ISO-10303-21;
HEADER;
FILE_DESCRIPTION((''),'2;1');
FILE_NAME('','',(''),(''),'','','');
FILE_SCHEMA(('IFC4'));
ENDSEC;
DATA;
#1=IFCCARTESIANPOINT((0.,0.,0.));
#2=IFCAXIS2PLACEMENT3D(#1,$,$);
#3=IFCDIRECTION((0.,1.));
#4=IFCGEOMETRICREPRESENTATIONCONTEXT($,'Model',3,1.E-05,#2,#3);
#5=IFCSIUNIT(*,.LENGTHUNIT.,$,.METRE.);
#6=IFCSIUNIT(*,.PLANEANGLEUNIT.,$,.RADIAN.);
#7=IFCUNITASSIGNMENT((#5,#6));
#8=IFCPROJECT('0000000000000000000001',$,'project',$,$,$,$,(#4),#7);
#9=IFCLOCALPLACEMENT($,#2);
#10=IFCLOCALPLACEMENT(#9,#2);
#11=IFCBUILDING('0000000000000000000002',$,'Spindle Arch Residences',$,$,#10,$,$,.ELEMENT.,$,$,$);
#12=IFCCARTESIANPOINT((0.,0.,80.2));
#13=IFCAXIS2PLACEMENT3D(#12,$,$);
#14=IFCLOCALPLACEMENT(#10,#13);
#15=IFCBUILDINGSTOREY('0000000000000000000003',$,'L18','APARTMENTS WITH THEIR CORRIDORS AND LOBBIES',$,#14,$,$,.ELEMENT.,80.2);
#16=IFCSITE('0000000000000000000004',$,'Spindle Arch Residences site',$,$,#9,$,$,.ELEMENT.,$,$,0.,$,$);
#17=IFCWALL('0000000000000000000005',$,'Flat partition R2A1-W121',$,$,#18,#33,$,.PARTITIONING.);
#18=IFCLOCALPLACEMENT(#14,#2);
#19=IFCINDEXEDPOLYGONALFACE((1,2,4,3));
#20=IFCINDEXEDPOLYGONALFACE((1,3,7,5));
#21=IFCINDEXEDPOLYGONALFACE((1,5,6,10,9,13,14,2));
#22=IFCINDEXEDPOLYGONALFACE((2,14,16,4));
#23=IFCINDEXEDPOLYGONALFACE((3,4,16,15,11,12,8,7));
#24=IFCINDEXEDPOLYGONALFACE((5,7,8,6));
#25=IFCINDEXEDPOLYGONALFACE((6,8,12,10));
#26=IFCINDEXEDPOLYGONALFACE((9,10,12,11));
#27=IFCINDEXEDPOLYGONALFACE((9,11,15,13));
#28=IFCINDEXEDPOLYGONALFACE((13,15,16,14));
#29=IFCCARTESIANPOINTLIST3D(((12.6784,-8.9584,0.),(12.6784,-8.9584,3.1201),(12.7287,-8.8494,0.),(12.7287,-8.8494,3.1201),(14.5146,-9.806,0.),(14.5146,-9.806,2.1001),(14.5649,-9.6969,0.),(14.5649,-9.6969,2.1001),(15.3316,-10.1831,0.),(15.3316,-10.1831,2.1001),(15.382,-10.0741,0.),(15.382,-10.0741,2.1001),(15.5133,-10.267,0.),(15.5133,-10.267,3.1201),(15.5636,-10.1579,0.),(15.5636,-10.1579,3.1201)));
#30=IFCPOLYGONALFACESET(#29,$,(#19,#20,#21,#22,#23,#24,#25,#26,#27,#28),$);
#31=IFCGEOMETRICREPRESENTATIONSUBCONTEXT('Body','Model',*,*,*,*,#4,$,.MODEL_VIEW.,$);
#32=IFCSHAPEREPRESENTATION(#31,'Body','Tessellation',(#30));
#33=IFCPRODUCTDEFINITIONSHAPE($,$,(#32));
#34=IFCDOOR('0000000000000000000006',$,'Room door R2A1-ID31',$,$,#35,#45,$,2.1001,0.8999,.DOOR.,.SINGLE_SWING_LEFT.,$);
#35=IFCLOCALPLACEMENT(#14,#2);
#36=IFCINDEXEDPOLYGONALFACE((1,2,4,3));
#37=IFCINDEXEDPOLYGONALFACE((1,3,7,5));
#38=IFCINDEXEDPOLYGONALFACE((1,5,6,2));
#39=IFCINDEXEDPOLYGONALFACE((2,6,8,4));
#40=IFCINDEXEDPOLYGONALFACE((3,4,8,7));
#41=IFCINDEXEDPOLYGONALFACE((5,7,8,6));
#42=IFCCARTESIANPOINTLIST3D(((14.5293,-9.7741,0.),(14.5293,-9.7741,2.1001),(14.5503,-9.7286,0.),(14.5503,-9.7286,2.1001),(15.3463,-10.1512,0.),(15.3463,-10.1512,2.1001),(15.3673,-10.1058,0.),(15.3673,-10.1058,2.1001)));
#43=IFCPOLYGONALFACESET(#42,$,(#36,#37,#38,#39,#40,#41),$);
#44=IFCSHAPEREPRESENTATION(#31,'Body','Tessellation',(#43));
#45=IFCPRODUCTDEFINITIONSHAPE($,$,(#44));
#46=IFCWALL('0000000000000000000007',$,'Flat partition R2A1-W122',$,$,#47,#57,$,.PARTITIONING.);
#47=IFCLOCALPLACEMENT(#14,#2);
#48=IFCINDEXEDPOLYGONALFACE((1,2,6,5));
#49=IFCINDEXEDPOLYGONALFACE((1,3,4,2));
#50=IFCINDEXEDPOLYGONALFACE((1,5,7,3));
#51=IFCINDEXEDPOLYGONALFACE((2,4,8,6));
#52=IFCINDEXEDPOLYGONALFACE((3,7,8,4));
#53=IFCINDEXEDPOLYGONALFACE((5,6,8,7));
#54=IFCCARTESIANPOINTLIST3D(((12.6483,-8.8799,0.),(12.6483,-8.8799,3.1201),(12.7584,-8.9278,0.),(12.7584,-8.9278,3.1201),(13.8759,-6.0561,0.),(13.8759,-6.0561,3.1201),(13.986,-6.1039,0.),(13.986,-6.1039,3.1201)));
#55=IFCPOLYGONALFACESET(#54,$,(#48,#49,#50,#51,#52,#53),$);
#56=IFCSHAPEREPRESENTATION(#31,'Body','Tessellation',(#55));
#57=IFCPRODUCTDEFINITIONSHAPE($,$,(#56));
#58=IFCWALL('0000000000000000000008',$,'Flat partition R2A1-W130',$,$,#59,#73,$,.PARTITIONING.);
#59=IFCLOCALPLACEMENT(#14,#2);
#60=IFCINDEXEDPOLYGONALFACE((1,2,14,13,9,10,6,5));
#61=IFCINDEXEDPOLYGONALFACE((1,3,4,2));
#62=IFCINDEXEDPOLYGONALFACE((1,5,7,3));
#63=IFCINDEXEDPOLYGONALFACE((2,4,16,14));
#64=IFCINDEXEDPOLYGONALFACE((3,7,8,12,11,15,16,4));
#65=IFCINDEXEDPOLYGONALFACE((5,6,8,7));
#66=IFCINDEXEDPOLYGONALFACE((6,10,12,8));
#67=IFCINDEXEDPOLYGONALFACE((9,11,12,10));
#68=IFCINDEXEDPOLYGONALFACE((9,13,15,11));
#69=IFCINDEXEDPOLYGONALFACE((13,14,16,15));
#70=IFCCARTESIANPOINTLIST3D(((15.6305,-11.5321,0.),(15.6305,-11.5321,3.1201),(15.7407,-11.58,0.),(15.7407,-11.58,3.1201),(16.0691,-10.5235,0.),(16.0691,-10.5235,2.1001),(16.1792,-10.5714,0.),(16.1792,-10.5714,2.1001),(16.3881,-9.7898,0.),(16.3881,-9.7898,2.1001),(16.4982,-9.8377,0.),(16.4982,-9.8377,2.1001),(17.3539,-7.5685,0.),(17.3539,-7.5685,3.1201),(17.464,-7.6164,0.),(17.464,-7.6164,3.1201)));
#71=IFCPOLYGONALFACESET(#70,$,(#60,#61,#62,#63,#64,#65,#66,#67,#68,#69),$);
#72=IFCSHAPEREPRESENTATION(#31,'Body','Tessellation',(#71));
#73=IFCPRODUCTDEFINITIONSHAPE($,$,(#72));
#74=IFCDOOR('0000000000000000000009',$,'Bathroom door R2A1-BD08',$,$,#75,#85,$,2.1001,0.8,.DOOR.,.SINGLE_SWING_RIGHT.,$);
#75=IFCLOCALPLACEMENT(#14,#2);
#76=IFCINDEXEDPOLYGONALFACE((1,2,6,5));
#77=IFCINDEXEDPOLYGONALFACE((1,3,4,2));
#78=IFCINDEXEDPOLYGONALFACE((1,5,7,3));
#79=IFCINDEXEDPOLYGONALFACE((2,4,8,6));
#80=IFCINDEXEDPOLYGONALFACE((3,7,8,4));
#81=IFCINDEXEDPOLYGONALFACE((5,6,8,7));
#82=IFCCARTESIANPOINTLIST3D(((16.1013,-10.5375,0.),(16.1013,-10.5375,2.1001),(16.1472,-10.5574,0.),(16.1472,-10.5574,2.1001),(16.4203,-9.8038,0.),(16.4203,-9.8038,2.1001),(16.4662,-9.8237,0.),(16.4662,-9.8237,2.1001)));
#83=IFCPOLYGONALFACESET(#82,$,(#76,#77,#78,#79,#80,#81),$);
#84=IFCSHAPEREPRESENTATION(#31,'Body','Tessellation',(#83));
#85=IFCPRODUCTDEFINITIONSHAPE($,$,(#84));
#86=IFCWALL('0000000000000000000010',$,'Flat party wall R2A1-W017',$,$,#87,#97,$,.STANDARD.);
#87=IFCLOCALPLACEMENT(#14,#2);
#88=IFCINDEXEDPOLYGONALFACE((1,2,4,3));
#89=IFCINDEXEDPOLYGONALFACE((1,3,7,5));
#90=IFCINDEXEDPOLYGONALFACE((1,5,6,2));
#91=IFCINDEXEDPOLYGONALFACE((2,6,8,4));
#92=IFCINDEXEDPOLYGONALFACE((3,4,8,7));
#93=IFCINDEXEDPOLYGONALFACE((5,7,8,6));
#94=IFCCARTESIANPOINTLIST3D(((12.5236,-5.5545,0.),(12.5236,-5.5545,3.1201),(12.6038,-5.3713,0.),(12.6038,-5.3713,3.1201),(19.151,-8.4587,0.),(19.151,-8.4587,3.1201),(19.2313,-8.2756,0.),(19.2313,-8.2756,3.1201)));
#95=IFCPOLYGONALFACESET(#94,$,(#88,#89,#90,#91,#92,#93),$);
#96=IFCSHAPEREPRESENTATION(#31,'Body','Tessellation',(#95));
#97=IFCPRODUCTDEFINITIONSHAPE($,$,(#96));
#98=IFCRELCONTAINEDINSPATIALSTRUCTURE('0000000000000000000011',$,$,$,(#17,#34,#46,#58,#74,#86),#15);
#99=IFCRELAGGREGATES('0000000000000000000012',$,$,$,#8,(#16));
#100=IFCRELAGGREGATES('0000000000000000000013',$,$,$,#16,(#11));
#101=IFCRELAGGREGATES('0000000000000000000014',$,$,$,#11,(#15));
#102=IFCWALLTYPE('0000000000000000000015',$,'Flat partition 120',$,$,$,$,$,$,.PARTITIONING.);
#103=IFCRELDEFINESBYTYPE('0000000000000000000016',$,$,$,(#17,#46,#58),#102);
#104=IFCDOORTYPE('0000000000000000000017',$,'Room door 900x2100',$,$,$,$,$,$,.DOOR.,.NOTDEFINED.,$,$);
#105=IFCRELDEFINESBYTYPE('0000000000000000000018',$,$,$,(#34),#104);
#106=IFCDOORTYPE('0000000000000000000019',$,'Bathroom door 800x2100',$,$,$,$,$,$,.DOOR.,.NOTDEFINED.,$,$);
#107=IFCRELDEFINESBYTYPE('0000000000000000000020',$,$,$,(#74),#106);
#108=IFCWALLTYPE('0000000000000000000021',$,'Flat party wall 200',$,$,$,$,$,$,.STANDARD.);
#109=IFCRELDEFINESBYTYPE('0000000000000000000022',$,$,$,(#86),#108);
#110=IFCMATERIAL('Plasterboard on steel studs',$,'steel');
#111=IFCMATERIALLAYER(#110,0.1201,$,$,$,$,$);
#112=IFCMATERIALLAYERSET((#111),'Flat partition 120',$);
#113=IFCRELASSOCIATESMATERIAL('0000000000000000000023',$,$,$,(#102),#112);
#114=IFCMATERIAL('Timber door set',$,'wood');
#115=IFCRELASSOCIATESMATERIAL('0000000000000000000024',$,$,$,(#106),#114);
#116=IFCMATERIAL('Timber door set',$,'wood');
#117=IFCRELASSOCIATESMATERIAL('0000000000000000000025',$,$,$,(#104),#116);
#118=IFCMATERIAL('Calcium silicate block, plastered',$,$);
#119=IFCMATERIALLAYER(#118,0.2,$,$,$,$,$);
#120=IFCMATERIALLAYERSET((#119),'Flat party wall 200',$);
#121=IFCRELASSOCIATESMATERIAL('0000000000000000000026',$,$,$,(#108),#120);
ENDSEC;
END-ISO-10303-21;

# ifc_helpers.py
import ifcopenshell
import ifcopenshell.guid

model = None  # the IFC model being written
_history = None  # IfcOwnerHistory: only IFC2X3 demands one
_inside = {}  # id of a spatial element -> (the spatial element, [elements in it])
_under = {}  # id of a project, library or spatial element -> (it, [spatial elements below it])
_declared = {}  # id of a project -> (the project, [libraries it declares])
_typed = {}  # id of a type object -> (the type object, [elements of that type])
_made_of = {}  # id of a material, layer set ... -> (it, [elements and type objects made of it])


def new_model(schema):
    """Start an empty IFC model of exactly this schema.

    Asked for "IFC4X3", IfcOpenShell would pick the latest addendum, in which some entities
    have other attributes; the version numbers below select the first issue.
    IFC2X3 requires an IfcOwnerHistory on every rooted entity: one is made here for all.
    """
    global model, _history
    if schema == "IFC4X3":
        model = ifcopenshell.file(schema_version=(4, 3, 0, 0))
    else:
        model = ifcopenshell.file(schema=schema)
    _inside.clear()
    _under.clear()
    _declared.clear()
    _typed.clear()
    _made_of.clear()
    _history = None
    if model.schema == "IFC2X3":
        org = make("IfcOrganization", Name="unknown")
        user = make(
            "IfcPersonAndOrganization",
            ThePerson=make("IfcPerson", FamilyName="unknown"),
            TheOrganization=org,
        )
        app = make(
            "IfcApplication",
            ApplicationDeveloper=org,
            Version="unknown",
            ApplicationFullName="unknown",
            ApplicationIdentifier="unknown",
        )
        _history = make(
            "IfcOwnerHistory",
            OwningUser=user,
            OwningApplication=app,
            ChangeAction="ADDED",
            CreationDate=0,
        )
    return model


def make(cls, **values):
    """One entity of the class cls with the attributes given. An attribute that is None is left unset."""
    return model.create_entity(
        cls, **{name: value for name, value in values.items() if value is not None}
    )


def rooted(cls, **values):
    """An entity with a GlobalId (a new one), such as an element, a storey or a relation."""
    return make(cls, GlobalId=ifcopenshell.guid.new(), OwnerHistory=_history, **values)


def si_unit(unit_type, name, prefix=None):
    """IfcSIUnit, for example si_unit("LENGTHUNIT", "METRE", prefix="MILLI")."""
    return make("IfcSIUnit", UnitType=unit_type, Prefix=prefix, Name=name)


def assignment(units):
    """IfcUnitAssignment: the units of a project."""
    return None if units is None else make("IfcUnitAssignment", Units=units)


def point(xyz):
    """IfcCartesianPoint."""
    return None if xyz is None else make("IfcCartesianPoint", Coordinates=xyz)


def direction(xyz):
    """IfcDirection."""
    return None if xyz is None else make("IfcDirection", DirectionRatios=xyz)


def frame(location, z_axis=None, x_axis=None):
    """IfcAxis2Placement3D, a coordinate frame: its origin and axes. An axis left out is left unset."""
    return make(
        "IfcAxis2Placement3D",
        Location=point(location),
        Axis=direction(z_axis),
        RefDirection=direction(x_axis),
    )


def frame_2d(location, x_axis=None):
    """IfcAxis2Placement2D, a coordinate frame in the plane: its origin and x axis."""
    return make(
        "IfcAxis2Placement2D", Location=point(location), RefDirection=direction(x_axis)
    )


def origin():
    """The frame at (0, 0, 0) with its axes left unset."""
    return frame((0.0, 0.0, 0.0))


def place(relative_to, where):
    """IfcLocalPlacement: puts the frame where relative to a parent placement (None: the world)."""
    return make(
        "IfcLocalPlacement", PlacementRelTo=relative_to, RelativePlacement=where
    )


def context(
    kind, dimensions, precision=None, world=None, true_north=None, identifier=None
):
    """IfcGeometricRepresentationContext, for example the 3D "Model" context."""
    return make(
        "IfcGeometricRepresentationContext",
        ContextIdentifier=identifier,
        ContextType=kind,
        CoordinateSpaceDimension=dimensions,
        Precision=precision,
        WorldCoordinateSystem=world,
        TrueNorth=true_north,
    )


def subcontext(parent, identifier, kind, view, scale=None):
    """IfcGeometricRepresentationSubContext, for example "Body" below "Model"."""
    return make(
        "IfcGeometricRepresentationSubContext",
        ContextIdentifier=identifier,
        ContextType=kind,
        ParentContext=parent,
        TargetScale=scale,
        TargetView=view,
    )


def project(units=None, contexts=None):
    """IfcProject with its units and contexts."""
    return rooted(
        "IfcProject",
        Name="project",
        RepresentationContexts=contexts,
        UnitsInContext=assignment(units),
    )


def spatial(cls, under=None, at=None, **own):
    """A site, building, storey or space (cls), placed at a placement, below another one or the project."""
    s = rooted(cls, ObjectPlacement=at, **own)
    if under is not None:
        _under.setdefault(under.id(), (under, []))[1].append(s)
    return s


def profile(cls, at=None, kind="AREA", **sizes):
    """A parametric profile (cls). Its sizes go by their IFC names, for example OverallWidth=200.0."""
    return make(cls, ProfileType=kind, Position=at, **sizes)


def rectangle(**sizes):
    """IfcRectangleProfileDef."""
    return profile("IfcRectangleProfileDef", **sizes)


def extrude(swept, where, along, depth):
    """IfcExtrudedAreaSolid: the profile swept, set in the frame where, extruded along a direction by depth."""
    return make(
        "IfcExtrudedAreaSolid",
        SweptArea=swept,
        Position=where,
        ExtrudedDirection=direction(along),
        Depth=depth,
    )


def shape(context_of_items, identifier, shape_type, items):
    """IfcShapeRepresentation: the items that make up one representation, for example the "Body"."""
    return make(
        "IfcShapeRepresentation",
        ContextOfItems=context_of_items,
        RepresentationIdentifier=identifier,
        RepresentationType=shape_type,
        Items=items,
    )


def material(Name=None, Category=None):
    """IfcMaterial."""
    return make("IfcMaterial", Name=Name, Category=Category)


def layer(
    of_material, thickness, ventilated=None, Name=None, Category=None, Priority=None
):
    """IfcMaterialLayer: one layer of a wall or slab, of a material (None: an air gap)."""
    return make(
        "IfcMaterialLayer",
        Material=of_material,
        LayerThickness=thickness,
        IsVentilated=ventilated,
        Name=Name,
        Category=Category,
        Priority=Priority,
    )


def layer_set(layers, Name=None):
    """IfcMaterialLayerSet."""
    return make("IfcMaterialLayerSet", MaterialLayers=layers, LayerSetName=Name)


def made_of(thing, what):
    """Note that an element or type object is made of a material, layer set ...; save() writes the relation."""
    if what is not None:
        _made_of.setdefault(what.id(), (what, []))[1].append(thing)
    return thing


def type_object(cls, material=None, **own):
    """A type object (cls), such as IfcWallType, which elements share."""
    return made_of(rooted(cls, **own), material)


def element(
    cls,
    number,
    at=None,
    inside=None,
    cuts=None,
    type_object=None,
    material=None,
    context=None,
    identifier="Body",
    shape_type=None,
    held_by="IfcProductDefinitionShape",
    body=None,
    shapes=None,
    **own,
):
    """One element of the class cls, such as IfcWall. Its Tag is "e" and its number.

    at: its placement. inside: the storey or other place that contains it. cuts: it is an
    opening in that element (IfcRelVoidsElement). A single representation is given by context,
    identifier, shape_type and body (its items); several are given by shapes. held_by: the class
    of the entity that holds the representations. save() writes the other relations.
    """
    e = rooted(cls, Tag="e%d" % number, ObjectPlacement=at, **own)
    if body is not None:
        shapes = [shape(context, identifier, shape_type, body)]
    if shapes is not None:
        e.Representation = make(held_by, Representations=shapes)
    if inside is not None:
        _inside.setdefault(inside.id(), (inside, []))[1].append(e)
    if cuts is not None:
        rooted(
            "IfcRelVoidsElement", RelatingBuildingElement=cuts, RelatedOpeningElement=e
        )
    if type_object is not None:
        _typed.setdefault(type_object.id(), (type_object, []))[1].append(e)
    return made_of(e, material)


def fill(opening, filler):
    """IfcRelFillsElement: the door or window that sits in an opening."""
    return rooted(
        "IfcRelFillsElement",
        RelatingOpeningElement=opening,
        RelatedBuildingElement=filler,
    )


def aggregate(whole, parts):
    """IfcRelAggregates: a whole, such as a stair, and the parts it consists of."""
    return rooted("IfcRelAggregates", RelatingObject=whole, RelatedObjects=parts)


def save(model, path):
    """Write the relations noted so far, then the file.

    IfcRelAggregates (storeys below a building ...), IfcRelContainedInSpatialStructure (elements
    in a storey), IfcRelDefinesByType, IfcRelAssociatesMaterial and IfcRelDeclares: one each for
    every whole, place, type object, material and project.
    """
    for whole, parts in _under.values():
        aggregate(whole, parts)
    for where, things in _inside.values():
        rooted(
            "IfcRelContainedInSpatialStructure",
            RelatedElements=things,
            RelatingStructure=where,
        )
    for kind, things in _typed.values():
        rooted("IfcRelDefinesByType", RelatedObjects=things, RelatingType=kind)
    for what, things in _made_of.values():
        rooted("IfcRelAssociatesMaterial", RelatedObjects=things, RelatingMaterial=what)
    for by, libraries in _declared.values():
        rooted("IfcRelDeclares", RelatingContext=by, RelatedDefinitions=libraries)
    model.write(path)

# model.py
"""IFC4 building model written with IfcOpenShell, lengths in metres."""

from ifc_helpers import new_model, si_unit, direction, frame, frame_2d, origin, place, context, subcontext, project, spatial, rectangle, extrude, material, layer, layer_set, type_object, element, fill, save


model = new_model("IFC4")

# Units and contexts
model_context = context("Model", 3, precision=1e-05, world=origin(), true_north=direction((0.0, 1.0)))
body_context = subcontext(model_context, "Body", "Model", "MODEL_VIEW")
ifc_project = project(units=[si_unit("LENGTHUNIT", "METRE"), si_unit("PLANEANGLEUNIT", "RADIAN")], contexts=[model_context])

# Site, building, storey
site_placement = place(None, origin())
site = spatial("IfcSite", under=ifc_project, at=site_placement, Name="Spindle Arch Residences site", CompositionType="ELEMENT", RefElevation=0.0)
building_placement = place(site_placement, origin())
building = spatial("IfcBuilding", under=site, at=building_placement, Name="Spindle Arch Residences", CompositionType="ELEMENT")
storey_placement = place(building_placement, frame((0.0, 0.0, 80.2)))
storey = spatial("IfcBuildingStorey", under=building, at=storey_placement, Name="L18", Description="APARTMENTS WITH THEIR CORRIDORS AND LOBBIES", CompositionType="ELEMENT", Elevation=80.2)

# Shared definitions
ifc_material_1 = material(Name="Plasterboard on steel studs", Category="steel")
ifc_layer_1 = layer(ifc_material_1, 0.1201)
ifc_layer_set_1 = layer_set([ifc_layer_1], Name="Flat partition 120")
wall_type_1 = type_object("IfcWallType", Name="Flat partition 120", PredefinedType="PARTITIONING", material=ifc_layer_set_1)
ifc_material_2 = material(Name="Timber door set", Category="wood")
door_type_1 = type_object("IfcDoorType", Name="Bathroom door 800x2100", OperationType="NOTDEFINED", PredefinedType="DOOR", material=ifc_material_2)

# Wall, opening, door
wall_1_placement = place(storey_placement, frame((15.5383, -10.2124, 0.0), z_axis=(0.0, 0.0, 1.0), x_axis=(-0.907941, 0.419098, 0.0)))
wall_1 = element("IfcWall", 1, at=wall_1_placement, inside=storey, type_object=wall_type_1, Name="Flat partition R2A1-W121", PredefinedType="PARTITIONING", context=body_context, shape_type="SweptSolid", body=[
    extrude(rectangle(XDim=3.1223, YDim=0.1201, at=frame_2d((1.561, 0.0))), origin(), (0.0, 0.0, 1.0), 3.1201),
])
opening_1_placement = place(wall_1_placement, frame((0.2, 0.0, 0.0)))
opening_1 = element("IfcOpeningElement", 2, at=opening_1_placement, cuts=wall_1, PredefinedType="OPENING", context=body_context, shape_type="SweptSolid", body=[
    extrude(rectangle(XDim=0.8999, YDim=2.1001, at=frame_2d((0.45, 1.05))), frame((0.0, 0.0701, 0.0), z_axis=(0.0, -1.0, 0.0), x_axis=(1.0, 0.0, 0.0)), (0.0, 0.0, 1.0), 0.1401),
])
ifc_material_3 = material(Name="Timber door set", Category="wood")
door_type_2 = type_object("IfcDoorType", Name="Room door 900x2100", OperationType="NOTDEFINED", PredefinedType="DOOR", material=ifc_material_3)
door_1_placement = place(opening_1_placement, origin())
door_1 = element("IfcDoor", 3, at=door_1_placement, inside=storey, type_object=door_type_2, Name="Room door R2A1-ID31", OperationType="SINGLE_SWING_LEFT", OverallHeight=2.1001, OverallWidth=0.8999, PredefinedType="DOOR", context=body_context, shape_type="SweptSolid", body=[
    extrude(rectangle(XDim=0.8999, YDim=2.1001, at=frame_2d((0.45, 1.05))), frame((0.0, 0.0249, 0.0), z_axis=(0.0, -1.0, 0.0), x_axis=(1.0, 0.0, 0.0)), (0.0, 0.0, 1.0), 0.05),
])
fill(opening_1, door_1)

# Wall
wall_2_placement = place(storey_placement, frame((12.7034, -8.9038, 0.0), z_axis=(0.0, 0.0, 1.0), x_axis=(0.39868, 0.91709, 0.0)))
element("IfcWall", 4, at=wall_2_placement, inside=storey, type_object=wall_type_1, Name="Flat partition R2A1-W122", PredefinedType="PARTITIONING", context=body_context, shape_type="SweptSolid", body=[
    extrude(rectangle(XDim=3.0791, YDim=0.1201, at=frame_2d((1.5396, 0.0))), origin(), (0.0, 0.0, 1.0), 3.1201),
])

# Wall, opening, door
wall_3_placement = place(storey_placement, frame((15.6855, -11.5562, 0.0), z_axis=(0.0, 0.0, 1.0), x_axis=(0.398741, 0.917064, 0.0)))
wall_3 = element("IfcWall", 5, at=wall_3_placement, inside=storey, type_object=wall_type_1, Name="Flat partition R2A1-W130", PredefinedType="PARTITIONING", context=body_context, shape_type="SweptSolid", body=[
    extrude(rectangle(XDim=4.322, YDim=0.1201, at=frame_2d((2.1611, 0.0))), origin(), (0.0, 0.0, 1.0), 3.1201),
])
opening_2_placement = place(wall_3_placement, frame((1.1001, 0.0, 0.0)))
opening_2 = element("IfcOpeningElement", 6, at=opening_2_placement, cuts=wall_3, PredefinedType="OPENING", context=body_context, shape_type="SweptSolid", body=[
    extrude(rectangle(XDim=0.8, YDim=2.1001, at=frame_2d((0.3999, 1.05))), frame((0.0, 0.0701, 0.0), z_axis=(0.0, -1.0, 0.0), x_axis=(1.0, 0.0, 0.0)), (0.0, 0.0, 1.0), 0.1401),
])
door_2_placement = place(opening_2_placement, origin())
door_2 = element("IfcDoor", 7, at=door_2_placement, inside=storey, type_object=door_type_1, Name="Bathroom door R2A1-BD08", OperationType="SINGLE_SWING_RIGHT", OverallHeight=2.1001, OverallWidth=0.8, PredefinedType="DOOR", context=body_context, shape_type="SweptSolid", body=[
    extrude(rectangle(XDim=0.8, YDim=2.1001, at=frame_2d((0.3999, 1.05))), frame((0.0, 0.0249, 0.0), z_axis=(0.0, -1.0, 0.0), x_axis=(1.0, 0.0, 0.0)), (0.0, 0.0, 1.0), 0.05),
])
fill(opening_2, door_2)

# Wall
ifc_material_4 = material(Name="Calcium silicate block, plastered")
ifc_layer_2 = layer(ifc_material_4, 0.2)
ifc_layer_set_2 = layer_set([ifc_layer_2], Name="Flat party wall 200")
wall_type_2 = type_object("IfcWallType", Name="Flat party wall 200", PredefinedType="STANDARD", material=ifc_layer_set_2)
wall_4_placement = place(storey_placement, frame((12.5637, -5.4629, 0.0), z_axis=(0.0, 0.0, 1.0), x_axis=(0.915914, -0.401375, 0.0)))
element("IfcWall", 8, at=wall_4_placement, inside=storey, type_object=wall_type_2, Name="Flat party wall R2A1-W017", PredefinedType="STANDARD", context=body_context, shape_type="SweptSolid", body=[
    extrude(rectangle(XDim=7.2358, YDim=0.2, at=frame_2d((3.6179, 0.0))), origin(), (0.0, 0.0, 1.0), 3.1201),
])

save(model, "model.ifc")
